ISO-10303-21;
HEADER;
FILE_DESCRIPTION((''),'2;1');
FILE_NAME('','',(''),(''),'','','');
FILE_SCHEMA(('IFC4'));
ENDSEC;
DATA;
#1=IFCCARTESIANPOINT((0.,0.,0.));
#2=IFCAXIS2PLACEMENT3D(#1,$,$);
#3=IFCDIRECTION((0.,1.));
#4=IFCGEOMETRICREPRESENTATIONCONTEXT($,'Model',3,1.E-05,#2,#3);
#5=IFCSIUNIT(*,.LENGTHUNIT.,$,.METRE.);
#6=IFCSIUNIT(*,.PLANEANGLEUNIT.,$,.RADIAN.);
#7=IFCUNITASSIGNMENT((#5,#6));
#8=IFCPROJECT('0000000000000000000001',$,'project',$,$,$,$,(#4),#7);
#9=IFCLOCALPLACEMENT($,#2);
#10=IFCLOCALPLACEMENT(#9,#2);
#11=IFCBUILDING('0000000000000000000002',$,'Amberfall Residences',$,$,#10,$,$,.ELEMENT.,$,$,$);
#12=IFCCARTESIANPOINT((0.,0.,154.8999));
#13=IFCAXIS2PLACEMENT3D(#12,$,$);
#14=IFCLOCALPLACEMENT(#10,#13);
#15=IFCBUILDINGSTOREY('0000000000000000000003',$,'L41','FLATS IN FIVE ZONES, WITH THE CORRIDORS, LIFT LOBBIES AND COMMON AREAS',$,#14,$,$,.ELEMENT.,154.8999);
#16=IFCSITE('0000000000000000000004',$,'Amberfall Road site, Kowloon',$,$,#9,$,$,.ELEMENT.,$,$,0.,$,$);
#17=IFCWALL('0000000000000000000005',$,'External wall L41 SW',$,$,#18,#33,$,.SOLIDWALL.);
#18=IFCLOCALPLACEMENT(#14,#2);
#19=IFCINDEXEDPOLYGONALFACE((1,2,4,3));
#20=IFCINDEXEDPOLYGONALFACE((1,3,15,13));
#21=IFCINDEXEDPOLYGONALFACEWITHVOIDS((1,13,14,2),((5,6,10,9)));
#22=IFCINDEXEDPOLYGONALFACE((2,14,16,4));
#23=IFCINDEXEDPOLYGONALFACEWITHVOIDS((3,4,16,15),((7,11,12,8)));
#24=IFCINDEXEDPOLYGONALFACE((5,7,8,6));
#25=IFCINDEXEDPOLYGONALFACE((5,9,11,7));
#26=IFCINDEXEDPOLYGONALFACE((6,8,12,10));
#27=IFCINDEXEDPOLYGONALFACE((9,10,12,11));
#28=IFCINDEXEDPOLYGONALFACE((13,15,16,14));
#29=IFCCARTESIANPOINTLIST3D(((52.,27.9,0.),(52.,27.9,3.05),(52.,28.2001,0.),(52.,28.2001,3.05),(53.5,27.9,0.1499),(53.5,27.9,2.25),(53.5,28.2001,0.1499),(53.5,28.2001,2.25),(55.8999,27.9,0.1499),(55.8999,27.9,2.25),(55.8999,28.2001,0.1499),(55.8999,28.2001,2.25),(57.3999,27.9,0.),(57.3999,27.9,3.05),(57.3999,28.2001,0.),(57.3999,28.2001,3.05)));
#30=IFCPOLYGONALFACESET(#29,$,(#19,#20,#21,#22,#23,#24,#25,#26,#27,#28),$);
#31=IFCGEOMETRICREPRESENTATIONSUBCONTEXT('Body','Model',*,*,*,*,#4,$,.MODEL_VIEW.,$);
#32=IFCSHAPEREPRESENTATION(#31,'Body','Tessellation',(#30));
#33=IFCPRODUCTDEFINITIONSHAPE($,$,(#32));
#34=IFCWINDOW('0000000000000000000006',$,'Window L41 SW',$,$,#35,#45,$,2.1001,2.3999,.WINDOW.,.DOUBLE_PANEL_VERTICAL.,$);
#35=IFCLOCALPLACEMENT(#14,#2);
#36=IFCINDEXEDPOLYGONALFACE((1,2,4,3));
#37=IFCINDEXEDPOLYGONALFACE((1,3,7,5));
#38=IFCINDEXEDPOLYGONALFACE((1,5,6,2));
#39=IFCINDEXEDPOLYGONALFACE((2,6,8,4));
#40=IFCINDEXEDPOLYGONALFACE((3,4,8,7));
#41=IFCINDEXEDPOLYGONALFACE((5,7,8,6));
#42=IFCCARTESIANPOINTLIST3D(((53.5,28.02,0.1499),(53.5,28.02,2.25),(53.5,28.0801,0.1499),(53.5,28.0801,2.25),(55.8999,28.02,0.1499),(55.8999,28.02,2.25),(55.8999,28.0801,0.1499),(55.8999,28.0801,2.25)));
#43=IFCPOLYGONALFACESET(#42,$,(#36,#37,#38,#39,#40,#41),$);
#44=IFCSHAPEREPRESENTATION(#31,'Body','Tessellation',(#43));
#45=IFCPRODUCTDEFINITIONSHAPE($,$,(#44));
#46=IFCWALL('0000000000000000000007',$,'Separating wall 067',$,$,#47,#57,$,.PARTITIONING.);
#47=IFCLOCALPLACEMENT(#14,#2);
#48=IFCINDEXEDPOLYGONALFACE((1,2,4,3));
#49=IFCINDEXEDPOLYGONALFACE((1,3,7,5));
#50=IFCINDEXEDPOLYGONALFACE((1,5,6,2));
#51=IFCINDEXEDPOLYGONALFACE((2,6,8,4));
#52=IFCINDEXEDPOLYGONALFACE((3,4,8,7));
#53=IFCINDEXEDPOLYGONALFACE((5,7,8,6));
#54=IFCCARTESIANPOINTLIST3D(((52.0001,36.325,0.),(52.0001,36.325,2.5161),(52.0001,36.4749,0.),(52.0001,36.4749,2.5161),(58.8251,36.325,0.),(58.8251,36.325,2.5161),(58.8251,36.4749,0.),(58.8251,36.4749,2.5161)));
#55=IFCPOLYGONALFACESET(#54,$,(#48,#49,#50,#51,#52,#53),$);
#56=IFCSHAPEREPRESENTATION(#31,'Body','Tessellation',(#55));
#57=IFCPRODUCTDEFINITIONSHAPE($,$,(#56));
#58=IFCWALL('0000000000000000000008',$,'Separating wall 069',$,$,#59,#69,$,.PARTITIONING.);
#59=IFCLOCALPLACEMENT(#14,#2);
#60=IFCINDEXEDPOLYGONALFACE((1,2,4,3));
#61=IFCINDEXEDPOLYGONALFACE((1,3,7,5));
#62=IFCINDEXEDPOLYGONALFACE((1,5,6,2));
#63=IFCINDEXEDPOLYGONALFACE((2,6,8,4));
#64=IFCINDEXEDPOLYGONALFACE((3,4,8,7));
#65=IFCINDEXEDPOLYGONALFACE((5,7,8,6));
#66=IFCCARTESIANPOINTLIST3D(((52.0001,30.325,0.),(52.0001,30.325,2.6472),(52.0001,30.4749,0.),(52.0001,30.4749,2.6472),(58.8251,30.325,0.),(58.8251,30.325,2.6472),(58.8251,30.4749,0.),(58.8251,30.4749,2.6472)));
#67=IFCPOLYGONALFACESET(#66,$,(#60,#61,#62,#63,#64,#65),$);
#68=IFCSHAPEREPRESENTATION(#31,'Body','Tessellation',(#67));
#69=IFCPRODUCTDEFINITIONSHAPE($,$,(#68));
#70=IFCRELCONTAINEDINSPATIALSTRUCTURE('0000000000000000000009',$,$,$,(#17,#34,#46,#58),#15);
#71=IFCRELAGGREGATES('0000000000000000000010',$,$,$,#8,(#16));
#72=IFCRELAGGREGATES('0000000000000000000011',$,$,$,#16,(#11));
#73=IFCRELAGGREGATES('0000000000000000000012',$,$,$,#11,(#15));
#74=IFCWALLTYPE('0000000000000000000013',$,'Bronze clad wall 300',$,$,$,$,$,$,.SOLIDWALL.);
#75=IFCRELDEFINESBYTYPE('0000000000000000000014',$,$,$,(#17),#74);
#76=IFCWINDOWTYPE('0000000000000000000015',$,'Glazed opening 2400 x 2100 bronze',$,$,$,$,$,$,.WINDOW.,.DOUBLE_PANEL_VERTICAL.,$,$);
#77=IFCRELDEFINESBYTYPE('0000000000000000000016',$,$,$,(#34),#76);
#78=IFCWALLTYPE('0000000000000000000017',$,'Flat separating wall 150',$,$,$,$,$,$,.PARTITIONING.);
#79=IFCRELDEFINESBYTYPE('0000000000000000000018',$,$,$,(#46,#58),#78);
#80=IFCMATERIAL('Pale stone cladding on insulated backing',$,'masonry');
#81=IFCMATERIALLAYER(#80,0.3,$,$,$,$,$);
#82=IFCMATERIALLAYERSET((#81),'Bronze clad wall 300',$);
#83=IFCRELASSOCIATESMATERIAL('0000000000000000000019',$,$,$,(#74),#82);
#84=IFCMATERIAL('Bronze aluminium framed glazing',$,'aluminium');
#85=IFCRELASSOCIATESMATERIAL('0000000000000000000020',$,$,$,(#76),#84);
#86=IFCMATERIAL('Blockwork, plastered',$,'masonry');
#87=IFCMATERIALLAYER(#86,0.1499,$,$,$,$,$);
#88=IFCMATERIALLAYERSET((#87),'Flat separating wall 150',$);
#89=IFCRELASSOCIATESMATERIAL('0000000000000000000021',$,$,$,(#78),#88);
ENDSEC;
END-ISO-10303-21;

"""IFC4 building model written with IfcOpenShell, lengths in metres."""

from ifc_helpers import new_model, si_unit, direction, frame, frame_2d, origin, place, context, subcontext, project, spatial, rectangle, extrude, material, layer, layer_set, type_object, element, fill, save


model = new_model("IFC4")

# Units and contexts
model_context = context("Model", 3, precision=1e-05, world=origin(), true_north=direction((0.0, 1.0)))
body_context = subcontext(model_context, "Body", "Model", "MODEL_VIEW")
ifc_project = project(units=[si_unit("LENGTHUNIT", "METRE"), si_unit("PLANEANGLEUNIT", "RADIAN")], contexts=[model_context])

# Site, building, storey
site_placement = place(None, origin())
site = spatial("IfcSite", under=ifc_project, at=site_placement, Name="Amberfall Road site, Kowloon", CompositionType="ELEMENT", RefElevation=0.0)
building_placement = place(site_placement, origin())
building = spatial("IfcBuilding", under=site, at=building_placement, Name="Amberfall Residences", CompositionType="ELEMENT")
storey_placement = place(building_placement, frame((0.0, 0.0, 154.8999)))
storey = spatial("IfcBuildingStorey", under=building, at=storey_placement, Name="L41", Description="FLATS IN FIVE ZONES, WITH THE CORRIDORS, LIFT LOBBIES AND COMMON AREAS", CompositionType="ELEMENT", Elevation=154.8999)

# Wall, opening, window
ifc_material_1 = material(Name="Pale stone cladding on insulated backing", Category="masonry")
ifc_layer_1 = layer(ifc_material_1, 0.3)
ifc_layer_set_1 = layer_set([ifc_layer_1], Name="Bronze clad wall 300")
wall_type_1 = type_object("IfcWallType", Name="Bronze clad wall 300", PredefinedType="SOLIDWALL", material=ifc_layer_set_1)
wall_1_placement = place(storey_placement, frame((52.0, 28.05, 0.0), z_axis=(0.0, 0.0, 1.0), x_axis=(1.0, 0.0, 0.0)))
wall_1 = element("IfcWall", 1, at=wall_1_placement, inside=storey, type_object=wall_type_1, Name="External wall L41 SW", PredefinedType="SOLIDWALL", context=body_context, shape_type="SweptSolid", body=[
    extrude(rectangle(XDim=5.3999, YDim=0.3, at=frame_2d((2.7, 0.0))), origin(), (0.0, 0.0, 1.0), 3.05),
])
opening_placement = place(wall_1_placement, frame((1.5, 0.0, 0.1499)))
opening = element("IfcOpeningElement", 2, at=opening_placement, cuts=wall_1, PredefinedType="OPENING", context=body_context, shape_type="SweptSolid", body=[
    extrude(rectangle(XDim=2.3999, YDim=2.1001, at=frame_2d((1.2, 1.05))), frame((0.0, 0.1599, 0.0), z_axis=(0.0, -1.0, 0.0), x_axis=(1.0, 0.0, 0.0)), (0.0, 0.0, 1.0), 0.3201),
])
ifc_material_2 = material(Name="Bronze aluminium framed glazing", Category="aluminium")
window_type = type_object("IfcWindowType", Name="Glazed opening 2400 x 2100 bronze", PartitioningType="DOUBLE_PANEL_VERTICAL", PredefinedType="WINDOW", material=ifc_material_2)
window_placement = place(opening_placement, origin())
window = element("IfcWindow", 3, at=window_placement, inside=storey, type_object=window_type, Name="Window L41 SW", OverallHeight=2.1001, OverallWidth=2.3999, PartitioningType="DOUBLE_PANEL_VERTICAL", PredefinedType="WINDOW", context=body_context, shape_type="SweptSolid", body=[
    extrude(rectangle(XDim=2.3999, YDim=2.1001, at=frame_2d((1.2, 1.05))), frame((0.0, 0.03, 0.0), z_axis=(0.0, -1.0, 0.0), x_axis=(1.0, 0.0, 0.0)), (0.0, 0.0, 1.0), 0.0601),
])
fill(opening, window)

# Walls
ifc_material_3 = material(Name="Blockwork, plastered", Category="masonry")
ifc_layer_2 = layer(ifc_material_3, 0.1499)
ifc_layer_set_2 = layer_set([ifc_layer_2], Name="Flat separating wall 150")
wall_type_2 = type_object("IfcWallType", Name="Flat separating wall 150", PredefinedType="PARTITIONING", material=ifc_layer_set_2)
wall_2_placement = place(storey_placement, frame((52.0, 36.3999, 0.0), z_axis=(0.0, 0.0, 1.0), x_axis=(1.0, 0.0, 0.0)))
element("IfcWall", 4, at=wall_2_placement, inside=storey, type_object=wall_type_2, Name="Separating wall 067", PredefinedType="PARTITIONING", context=body_context, shape_type="SweptSolid", body=[
    extrude(rectangle(XDim=6.825, YDim=0.1499, at=frame_2d((3.4126, 0.0))), origin(), (0.0, 0.0, 1.0), 2.5161),
])
wall_3_placement = place(storey_placement, frame((52.0, 30.3999, 0.0), z_axis=(0.0, 0.0, 1.0), x_axis=(1.0, 0.0, 0.0)))
element("IfcWall", 5, at=wall_3_placement, inside=storey, type_object=wall_type_2, Name="Separating wall 069", PredefinedType="PARTITIONING", context=body_context, shape_type="SweptSolid", body=[
    extrude(rectangle(XDim=6.825, YDim=0.1499, at=frame_2d((3.4126, 0.0))), origin(), (0.0, 0.0, 1.0), 2.6472),
])

save(model, "model.ifc")
